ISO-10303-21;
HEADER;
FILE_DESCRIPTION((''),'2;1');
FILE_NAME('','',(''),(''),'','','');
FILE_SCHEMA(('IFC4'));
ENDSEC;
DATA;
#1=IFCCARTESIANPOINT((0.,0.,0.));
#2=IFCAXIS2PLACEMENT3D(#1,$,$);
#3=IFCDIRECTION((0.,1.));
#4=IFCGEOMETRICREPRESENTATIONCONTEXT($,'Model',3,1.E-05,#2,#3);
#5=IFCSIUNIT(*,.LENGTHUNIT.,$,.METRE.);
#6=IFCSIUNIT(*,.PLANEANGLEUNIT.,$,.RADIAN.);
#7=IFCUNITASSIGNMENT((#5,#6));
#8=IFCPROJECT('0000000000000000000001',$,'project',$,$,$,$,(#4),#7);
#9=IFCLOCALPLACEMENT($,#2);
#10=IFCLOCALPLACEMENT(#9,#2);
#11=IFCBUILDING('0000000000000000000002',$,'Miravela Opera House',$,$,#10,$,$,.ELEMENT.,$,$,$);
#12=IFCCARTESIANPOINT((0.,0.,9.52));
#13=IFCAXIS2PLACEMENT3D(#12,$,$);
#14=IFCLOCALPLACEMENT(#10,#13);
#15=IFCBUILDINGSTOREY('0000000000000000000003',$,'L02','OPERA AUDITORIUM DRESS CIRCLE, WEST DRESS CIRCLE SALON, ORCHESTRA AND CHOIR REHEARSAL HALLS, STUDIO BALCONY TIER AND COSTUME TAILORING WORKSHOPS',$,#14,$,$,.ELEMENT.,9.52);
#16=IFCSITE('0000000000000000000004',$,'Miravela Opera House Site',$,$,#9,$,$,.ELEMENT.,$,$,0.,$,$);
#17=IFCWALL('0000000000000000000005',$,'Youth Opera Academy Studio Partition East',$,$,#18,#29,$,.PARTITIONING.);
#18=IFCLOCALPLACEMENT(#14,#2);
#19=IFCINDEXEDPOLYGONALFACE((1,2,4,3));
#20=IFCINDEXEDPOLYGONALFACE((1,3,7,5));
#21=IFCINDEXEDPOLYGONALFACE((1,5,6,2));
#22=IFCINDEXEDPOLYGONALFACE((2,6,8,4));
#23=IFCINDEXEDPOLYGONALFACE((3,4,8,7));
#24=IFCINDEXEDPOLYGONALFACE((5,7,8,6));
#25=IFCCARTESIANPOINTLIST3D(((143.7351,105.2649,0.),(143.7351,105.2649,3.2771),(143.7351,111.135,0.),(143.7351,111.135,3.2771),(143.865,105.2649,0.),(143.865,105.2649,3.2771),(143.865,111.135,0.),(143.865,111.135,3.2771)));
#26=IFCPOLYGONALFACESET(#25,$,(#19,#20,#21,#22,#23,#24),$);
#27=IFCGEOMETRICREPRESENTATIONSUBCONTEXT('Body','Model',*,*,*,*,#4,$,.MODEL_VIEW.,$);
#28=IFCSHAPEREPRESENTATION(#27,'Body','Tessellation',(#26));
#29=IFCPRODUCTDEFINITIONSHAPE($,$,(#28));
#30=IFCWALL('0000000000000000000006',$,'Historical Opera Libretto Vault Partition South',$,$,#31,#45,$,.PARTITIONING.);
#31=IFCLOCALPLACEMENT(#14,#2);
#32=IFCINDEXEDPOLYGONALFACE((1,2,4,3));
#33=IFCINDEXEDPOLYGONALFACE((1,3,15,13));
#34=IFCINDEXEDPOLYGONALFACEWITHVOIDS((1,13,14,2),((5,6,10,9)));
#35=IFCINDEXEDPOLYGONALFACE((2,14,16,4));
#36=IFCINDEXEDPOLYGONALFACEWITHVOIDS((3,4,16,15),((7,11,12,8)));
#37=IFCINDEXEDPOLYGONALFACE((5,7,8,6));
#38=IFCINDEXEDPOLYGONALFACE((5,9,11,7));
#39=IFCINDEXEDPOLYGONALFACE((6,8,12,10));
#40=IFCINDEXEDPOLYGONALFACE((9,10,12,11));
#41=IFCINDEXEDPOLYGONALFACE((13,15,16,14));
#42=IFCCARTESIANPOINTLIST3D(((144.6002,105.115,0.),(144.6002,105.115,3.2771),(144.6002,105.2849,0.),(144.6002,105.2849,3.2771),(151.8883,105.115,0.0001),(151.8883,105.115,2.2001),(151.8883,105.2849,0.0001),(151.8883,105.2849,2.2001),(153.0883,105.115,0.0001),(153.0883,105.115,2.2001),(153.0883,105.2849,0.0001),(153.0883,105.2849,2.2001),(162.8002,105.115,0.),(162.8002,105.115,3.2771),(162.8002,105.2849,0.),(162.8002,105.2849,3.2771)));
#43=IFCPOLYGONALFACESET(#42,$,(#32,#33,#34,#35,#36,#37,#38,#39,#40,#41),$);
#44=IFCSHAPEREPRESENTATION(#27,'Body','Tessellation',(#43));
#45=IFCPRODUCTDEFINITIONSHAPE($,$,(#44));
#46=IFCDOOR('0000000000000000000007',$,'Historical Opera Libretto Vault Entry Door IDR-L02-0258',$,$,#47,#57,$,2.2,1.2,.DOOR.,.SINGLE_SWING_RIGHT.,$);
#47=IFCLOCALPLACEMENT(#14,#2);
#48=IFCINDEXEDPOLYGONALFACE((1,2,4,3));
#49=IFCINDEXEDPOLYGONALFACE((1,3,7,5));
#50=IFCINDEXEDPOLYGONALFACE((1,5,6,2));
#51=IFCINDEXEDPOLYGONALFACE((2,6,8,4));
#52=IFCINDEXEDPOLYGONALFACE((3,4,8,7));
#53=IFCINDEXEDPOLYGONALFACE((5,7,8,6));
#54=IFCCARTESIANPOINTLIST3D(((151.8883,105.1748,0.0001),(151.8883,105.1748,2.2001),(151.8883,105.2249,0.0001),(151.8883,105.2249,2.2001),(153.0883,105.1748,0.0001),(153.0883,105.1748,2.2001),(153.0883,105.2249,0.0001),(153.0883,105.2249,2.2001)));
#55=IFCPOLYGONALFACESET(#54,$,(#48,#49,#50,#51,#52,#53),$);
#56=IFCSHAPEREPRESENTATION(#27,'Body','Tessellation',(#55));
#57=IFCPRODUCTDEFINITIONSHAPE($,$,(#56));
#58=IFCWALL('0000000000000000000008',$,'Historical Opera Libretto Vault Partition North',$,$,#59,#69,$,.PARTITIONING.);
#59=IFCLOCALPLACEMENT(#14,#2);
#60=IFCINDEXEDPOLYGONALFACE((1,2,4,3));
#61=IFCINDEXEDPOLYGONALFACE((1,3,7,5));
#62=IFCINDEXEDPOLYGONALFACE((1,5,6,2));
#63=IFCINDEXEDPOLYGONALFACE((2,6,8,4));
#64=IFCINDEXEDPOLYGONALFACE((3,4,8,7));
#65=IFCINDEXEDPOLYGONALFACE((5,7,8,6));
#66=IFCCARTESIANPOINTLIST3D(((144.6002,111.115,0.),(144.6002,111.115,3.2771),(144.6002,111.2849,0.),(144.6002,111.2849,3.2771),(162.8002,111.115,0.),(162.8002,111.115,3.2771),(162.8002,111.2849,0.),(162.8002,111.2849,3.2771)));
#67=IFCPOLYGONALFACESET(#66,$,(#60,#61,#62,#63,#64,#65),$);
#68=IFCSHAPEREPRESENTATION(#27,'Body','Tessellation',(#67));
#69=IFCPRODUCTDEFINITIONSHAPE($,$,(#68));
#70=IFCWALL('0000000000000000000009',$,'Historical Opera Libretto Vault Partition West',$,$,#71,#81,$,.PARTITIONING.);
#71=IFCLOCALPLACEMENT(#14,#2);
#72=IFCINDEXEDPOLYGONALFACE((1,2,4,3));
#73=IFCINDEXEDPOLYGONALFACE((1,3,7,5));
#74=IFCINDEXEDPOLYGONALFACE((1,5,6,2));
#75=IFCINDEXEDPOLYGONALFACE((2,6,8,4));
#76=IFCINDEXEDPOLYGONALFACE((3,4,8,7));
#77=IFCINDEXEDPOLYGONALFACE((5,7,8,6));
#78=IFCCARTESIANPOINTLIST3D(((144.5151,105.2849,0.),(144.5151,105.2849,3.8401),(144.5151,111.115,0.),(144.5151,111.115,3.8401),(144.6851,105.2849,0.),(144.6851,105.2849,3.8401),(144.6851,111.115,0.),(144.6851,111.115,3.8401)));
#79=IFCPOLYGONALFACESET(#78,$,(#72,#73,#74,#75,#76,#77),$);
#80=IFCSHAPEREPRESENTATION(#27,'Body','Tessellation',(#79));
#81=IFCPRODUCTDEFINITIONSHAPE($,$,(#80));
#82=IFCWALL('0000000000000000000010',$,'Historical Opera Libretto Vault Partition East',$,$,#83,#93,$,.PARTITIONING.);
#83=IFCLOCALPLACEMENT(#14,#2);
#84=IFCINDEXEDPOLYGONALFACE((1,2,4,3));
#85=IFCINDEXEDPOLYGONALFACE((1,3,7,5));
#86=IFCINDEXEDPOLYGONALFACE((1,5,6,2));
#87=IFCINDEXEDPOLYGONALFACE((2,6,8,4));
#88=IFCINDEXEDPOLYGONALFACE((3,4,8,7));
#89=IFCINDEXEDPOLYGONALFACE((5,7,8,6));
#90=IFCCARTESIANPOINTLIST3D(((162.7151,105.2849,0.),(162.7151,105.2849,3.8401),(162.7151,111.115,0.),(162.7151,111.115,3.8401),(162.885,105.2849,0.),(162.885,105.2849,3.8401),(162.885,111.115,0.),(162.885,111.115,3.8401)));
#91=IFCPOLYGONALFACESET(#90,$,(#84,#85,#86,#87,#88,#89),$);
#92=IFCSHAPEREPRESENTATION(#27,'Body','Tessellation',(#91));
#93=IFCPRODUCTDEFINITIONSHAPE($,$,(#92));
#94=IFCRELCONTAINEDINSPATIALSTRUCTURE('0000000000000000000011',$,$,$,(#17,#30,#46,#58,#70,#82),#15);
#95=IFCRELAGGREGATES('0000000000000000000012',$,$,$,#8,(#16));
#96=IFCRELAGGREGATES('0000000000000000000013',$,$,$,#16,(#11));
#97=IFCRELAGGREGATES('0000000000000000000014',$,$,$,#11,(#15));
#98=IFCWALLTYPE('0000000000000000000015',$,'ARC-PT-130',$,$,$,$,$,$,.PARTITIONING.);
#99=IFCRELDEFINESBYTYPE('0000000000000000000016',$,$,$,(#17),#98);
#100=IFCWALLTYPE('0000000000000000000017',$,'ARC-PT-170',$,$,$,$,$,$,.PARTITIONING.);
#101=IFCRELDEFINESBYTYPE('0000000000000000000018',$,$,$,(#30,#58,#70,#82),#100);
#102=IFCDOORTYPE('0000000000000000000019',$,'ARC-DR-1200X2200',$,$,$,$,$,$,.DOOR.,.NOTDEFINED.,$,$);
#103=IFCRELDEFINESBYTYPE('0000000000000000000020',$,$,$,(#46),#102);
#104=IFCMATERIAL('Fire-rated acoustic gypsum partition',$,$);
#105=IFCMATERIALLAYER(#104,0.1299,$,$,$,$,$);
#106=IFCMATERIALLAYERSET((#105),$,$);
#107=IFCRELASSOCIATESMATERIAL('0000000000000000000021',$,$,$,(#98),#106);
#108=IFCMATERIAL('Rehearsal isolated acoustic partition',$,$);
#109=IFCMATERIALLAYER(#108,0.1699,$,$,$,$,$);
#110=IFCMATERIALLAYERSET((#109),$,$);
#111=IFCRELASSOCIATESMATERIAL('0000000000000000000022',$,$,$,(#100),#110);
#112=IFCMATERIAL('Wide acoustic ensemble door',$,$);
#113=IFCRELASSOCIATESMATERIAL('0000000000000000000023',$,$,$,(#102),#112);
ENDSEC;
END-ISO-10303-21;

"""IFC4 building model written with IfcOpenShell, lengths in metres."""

from ifc_helpers import new_model, si_unit, direction, frame, frame_2d, origin, place, context, subcontext, project, spatial, rectangle, extrude, material, layer, layer_set, type_object, element, fill, save


model = new_model("IFC4")

# Units and contexts
model_context = context("Model", 3, precision=1e-05, world=origin(), true_north=direction((0.0, 1.0)))
body_context = subcontext(model_context, "Body", "Model", "MODEL_VIEW")
ifc_project = project(units=[si_unit("LENGTHUNIT", "METRE"), si_unit("PLANEANGLEUNIT", "RADIAN")], contexts=[model_context])

# Site, building, storey
site_placement = place(None, origin())
site = spatial("IfcSite", under=ifc_project, at=site_placement, Name="Miravela Opera House Site", CompositionType="ELEMENT", RefElevation=0.0)
building_placement = place(site_placement, origin())
building = spatial("IfcBuilding", under=site, at=building_placement, Name="Miravela Opera House", CompositionType="ELEMENT")
storey_placement = place(building_placement, frame((0.0, 0.0, 9.52)))
storey = spatial("IfcBuildingStorey", under=building, at=storey_placement, Name="L02", Description="OPERA AUDITORIUM DRESS CIRCLE, WEST DRESS CIRCLE SALON, ORCHESTRA AND CHOIR REHEARSAL HALLS, STUDIO BALCONY TIER AND COSTUME TAILORING WORKSHOPS", CompositionType="ELEMENT", Elevation=9.52)

# Wall
ifc_material_1 = material(Name="Fire-rated acoustic gypsum partition")
ifc_layer_1 = layer(ifc_material_1, 0.1299)
ifc_layer_set_1 = layer_set([ifc_layer_1])
wall_type_1 = type_object("IfcWallType", Name="ARC-PT-130", PredefinedType="PARTITIONING", material=ifc_layer_set_1)
wall_1_placement = place(storey_placement, frame((143.8, 105.2649, 0.0), z_axis=(0.0, 0.0, 1.0), x_axis=(0.0, 1.0, 0.0)))
element("IfcWall", 1, at=wall_1_placement, inside=storey, type_object=wall_type_1, Name="Youth Opera Academy Studio Partition East", PredefinedType="PARTITIONING", context=body_context, shape_type="SweptSolid", body=[
    extrude(rectangle(XDim=5.8701, YDim=0.1299, at=frame_2d((2.9351, 0.0))), origin(), (0.0, 0.0, 1.0), 3.2771),
])

# Wall, opening, door
ifc_material_2 = material(Name="Rehearsal isolated acoustic partition")
ifc_layer_2 = layer(ifc_material_2, 0.1699)
ifc_layer_set_2 = layer_set([ifc_layer_2])
wall_type_2 = type_object("IfcWallType", Name="ARC-PT-170", PredefinedType="PARTITIONING", material=ifc_layer_set_2)
wall_2_placement = place(storey_placement, frame((144.6001, 105.2, 0.0), z_axis=(0.0, 0.0, 1.0), x_axis=(1.0, 0.0, 0.0)))
wall_2 = element("IfcWall", 2, at=wall_2_placement, inside=storey, type_object=wall_type_2, Name="Historical Opera Libretto Vault Partition South", PredefinedType="PARTITIONING", context=body_context, shape_type="SweptSolid", body=[
    extrude(rectangle(XDim=18.2, YDim=0.1699, at=frame_2d((9.1001, 0.0))), origin(), (0.0, 0.0, 1.0), 3.2771),
])
opening_1_placement = place(wall_2_placement, frame((7.2881, 0.0, 0.0)))
opening_1 = element("IfcOpeningElement", 3, at=opening_1_placement, cuts=wall_2, PredefinedType="OPENING", context=body_context, shape_type="SweptSolid", body=[
    extrude(rectangle(XDim=1.2, YDim=2.2, at=frame_2d((0.6001, 1.1001))), frame((0.0, 0.095, 0.0), z_axis=(0.0, -1.0, 0.0), x_axis=(1.0, 0.0, 0.0)), (0.0, 0.0, 1.0), 0.1899),
])
ifc_material_3 = material(Name="Wide acoustic ensemble door")
door_type = type_object("IfcDoorType", Name="ARC-DR-1200X2200", OperationType="NOTDEFINED", PredefinedType="DOOR", material=ifc_material_3)
door_placement = place(opening_1_placement, origin())
door = element("IfcDoor", 4, at=door_placement, inside=storey, type_object=door_type, Name="Historical Opera Libretto Vault Entry Door IDR-L02-0258", OperationType="SINGLE_SWING_RIGHT", OverallHeight=2.2, OverallWidth=1.2, PredefinedType="DOOR", context=body_context, shape_type="SweptSolid", body=[
    extrude(rectangle(XDim=1.2, YDim=2.2, at=frame_2d((0.6001, 1.1001))), frame((0.0, 0.0249, 0.0), z_axis=(0.0, -1.0, 0.0), x_axis=(1.0, 0.0, 0.0)), (0.0, 0.0, 1.0), 0.05),
])
fill(opening_1, door)

# Walls
wall_3_placement = place(storey_placement, frame((144.6001, 111.2, 0.0), z_axis=(0.0, 0.0, 1.0), x_axis=(1.0, 0.0, 0.0)))
element("IfcWall", 5, at=wall_3_placement, inside=storey, type_object=wall_type_2, Name="Historical Opera Libretto Vault Partition North", PredefinedType="PARTITIONING", context=body_context, shape_type="SweptSolid", body=[
    extrude(rectangle(XDim=18.2, YDim=0.1699, at=frame_2d((9.1001, 0.0))), origin(), (0.0, 0.0, 1.0), 3.2771),
])
for number, where, z_axis, x_axis, name in (
    (6, (144.6001, 105.2849, 0.0), (0.0, 0.0, 1.0), (0.0, 1.0, 0.0), "Historical Opera Libretto Vault Partition West"),
    (7, (162.8, 105.2849, 0.0), (0.0, 0.0, 1.0), (0.0, 1.0, 0.0), "Historical Opera Libretto Vault Partition East"),
):
    element("IfcWall", number, at=place(storey_placement, frame(where, z_axis=z_axis, x_axis=x_axis)), inside=storey, type_object=wall_type_2, Name=name, PredefinedType="PARTITIONING", context=body_context, shape_type="SweptSolid", body=[
        extrude(rectangle(XDim=5.8301, YDim=0.1699, at=frame_2d((2.915, 0.0))), origin(), (0.0, 0.0, 1.0), 3.8401),
    ])

save(model, "model.ifc")
